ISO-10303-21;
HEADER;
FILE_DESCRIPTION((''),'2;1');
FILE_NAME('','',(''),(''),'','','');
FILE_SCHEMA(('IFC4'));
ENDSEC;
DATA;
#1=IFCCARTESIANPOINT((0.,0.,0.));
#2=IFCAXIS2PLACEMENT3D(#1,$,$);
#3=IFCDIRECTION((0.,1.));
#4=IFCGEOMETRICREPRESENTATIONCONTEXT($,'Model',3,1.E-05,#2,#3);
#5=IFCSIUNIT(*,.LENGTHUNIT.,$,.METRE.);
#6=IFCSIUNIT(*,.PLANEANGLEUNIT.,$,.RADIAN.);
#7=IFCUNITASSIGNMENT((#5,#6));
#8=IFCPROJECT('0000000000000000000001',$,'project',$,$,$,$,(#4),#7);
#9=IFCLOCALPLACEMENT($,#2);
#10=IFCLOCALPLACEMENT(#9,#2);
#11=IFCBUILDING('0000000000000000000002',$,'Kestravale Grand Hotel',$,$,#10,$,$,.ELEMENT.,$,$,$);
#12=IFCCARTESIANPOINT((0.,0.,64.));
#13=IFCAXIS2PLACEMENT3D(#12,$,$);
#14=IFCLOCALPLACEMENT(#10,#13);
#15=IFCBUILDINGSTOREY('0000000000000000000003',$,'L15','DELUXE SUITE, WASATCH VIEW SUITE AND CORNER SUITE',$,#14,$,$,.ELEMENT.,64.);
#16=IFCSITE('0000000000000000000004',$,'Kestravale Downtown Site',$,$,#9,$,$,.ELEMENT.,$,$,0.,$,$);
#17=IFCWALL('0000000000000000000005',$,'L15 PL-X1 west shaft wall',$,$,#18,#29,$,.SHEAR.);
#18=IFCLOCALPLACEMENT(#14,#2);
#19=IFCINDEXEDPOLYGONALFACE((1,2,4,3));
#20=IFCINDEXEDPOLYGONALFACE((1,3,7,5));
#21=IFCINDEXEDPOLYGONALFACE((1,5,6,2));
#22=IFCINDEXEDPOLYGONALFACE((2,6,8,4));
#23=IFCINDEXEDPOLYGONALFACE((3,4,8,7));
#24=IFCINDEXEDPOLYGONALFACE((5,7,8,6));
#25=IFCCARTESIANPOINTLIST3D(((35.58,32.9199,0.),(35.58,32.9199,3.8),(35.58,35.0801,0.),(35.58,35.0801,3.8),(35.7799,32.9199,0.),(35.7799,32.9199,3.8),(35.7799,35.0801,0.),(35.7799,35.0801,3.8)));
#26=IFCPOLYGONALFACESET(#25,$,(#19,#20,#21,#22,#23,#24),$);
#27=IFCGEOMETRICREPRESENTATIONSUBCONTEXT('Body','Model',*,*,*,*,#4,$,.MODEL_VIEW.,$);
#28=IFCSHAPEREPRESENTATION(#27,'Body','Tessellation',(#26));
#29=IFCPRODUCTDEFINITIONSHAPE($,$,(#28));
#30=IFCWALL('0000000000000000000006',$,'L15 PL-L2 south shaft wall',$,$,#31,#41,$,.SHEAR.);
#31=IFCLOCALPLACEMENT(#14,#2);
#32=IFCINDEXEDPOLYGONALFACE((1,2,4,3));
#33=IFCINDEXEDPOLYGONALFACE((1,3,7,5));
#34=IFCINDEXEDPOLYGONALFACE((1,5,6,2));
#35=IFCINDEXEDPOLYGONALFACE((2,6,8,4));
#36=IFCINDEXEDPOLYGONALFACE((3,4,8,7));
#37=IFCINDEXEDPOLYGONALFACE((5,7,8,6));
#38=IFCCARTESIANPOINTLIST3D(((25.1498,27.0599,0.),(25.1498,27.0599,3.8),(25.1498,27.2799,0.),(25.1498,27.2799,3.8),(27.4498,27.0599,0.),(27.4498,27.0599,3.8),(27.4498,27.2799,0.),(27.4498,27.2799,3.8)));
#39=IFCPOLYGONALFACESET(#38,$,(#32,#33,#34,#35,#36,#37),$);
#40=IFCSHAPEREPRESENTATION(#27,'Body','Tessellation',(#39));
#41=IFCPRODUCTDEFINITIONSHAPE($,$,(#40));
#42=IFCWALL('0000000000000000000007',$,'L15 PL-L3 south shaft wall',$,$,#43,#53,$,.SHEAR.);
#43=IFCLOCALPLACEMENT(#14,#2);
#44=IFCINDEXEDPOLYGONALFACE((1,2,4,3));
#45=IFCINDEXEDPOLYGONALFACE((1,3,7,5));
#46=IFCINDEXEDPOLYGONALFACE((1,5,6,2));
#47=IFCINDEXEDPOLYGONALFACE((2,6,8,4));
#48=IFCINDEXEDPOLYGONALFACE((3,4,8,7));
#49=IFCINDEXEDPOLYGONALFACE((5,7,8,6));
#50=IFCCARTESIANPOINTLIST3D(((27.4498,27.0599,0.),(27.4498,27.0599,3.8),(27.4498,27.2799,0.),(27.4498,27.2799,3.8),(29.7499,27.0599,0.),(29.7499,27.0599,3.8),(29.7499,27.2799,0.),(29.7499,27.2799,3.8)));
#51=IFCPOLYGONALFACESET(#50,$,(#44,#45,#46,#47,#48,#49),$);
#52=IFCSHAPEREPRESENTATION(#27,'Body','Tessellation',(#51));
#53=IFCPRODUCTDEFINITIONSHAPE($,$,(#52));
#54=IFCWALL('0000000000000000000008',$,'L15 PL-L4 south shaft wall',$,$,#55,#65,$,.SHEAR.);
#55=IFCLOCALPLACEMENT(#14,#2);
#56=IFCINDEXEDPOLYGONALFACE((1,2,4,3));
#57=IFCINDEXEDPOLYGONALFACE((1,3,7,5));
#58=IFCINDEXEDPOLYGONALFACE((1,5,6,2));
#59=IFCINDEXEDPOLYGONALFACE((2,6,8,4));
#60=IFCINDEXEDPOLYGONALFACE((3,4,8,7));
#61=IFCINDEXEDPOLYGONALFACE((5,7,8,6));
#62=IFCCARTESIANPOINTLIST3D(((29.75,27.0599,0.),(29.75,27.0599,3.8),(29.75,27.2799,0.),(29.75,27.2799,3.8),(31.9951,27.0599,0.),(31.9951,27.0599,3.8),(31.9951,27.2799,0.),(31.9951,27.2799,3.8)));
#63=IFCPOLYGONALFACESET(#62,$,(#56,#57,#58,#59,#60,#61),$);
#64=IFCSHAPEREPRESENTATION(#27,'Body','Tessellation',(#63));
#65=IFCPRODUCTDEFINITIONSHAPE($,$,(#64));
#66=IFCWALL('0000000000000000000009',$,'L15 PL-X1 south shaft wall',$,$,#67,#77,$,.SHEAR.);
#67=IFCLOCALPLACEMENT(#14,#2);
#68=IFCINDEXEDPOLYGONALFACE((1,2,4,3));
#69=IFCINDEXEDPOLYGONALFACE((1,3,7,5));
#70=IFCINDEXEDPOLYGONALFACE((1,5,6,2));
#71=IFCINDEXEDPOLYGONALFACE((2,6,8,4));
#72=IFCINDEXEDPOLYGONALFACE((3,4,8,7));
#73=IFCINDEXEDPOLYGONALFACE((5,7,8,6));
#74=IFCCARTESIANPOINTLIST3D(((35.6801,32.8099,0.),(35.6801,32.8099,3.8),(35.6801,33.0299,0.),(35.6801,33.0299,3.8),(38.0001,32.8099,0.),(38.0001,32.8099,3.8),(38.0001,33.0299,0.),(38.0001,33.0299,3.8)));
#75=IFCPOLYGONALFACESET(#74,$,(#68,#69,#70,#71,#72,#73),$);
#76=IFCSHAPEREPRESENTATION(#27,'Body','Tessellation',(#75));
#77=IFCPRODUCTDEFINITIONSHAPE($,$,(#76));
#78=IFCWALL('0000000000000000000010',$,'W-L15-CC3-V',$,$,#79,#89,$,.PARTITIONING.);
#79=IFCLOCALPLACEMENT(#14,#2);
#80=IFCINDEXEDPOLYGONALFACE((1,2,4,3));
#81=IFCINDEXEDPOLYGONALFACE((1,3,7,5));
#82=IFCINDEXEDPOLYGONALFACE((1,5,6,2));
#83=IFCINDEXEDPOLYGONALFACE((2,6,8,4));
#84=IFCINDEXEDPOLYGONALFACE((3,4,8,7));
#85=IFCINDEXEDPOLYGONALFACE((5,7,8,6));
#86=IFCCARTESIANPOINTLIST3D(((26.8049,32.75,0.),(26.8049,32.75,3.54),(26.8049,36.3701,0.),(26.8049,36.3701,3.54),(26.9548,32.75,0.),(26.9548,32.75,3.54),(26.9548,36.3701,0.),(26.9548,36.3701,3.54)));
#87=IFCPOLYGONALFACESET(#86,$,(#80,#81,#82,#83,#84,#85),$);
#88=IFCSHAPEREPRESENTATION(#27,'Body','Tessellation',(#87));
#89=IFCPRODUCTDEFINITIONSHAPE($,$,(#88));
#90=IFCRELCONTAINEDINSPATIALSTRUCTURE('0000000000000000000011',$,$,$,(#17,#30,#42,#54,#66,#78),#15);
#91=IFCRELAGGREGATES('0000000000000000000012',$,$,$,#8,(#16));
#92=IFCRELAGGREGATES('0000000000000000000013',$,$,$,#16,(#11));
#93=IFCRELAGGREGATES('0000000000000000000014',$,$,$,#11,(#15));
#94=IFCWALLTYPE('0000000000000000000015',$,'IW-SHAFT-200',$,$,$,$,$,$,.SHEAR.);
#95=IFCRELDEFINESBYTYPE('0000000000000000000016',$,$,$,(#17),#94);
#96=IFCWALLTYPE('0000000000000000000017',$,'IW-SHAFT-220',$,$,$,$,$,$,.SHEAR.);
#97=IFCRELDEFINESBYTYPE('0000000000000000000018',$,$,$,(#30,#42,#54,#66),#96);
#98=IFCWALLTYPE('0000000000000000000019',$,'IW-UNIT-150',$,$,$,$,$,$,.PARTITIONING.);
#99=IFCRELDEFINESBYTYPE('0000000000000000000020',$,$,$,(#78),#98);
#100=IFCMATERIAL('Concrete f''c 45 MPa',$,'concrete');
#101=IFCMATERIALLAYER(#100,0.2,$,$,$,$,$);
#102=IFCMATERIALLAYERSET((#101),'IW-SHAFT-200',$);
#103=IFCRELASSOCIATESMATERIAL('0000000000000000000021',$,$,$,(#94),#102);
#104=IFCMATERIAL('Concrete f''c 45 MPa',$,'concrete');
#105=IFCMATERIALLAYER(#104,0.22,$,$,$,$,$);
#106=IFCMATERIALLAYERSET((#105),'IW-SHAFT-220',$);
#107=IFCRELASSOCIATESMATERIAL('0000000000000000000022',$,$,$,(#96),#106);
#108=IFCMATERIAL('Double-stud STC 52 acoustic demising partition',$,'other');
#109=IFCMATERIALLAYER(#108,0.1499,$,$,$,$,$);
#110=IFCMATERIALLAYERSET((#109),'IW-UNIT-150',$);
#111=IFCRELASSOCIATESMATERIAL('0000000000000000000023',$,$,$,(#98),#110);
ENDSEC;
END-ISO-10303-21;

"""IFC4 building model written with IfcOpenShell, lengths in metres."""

from ifc_helpers import new_model, si_unit, direction, frame, frame_2d, origin, place, context, subcontext, project, spatial, rectangle, extrude, material, layer, layer_set, type_object, element, save


model = new_model("IFC4")

# Units and contexts
model_context = context("Model", 3, precision=1e-05, world=origin(), true_north=direction((0.0, 1.0)))
body_context = subcontext(model_context, "Body", "Model", "MODEL_VIEW")
ifc_project = project(units=[si_unit("LENGTHUNIT", "METRE"), si_unit("PLANEANGLEUNIT", "RADIAN")], contexts=[model_context])

# Site, building, storey
site_placement = place(None, origin())
site = spatial("IfcSite", under=ifc_project, at=site_placement, Name="Kestravale Downtown Site", CompositionType="ELEMENT", RefElevation=0.0)
building_placement = place(site_placement, origin())
building = spatial("IfcBuilding", under=site, at=building_placement, Name="Kestravale Grand Hotel", CompositionType="ELEMENT")
storey_placement = place(building_placement, frame((0.0, 0.0, 64.0)))
storey = spatial("IfcBuildingStorey", under=building, at=storey_placement, Name="L15", Description="DELUXE SUITE, WASATCH VIEW SUITE AND CORNER SUITE", CompositionType="ELEMENT", Elevation=64.0)

# Wall
ifc_material_1 = material(Name="Concrete f'c 45 MPa", Category="concrete")
ifc_layer_1 = layer(ifc_material_1, 0.2)
ifc_layer_set_1 = layer_set([ifc_layer_1], Name="IW-SHAFT-200")
wall_type_1 = type_object("IfcWallType", Name="IW-SHAFT-200", PredefinedType="SHEAR", material=ifc_layer_set_1)
wall_1_placement = place(storey_placement, frame((35.6799, 32.9199, 0.0), z_axis=(0.0, 0.0, 1.0), x_axis=(0.0, 1.0, 0.0)))
element("IfcWall", 1, at=wall_1_placement, inside=storey, type_object=wall_type_1, Name="L15 PL-X1 west shaft wall", PredefinedType="SHEAR", context=body_context, shape_type="SweptSolid", body=[
    extrude(rectangle(XDim=2.1602, YDim=0.2, at=frame_2d((1.0801, 0.0))), origin(), (0.0, 0.0, 1.0), 3.8),
])

# Shared definitions
ifc_material_2 = material(Name="Concrete f'c 45 MPa", Category="concrete")
ifc_layer_2 = layer(ifc_material_2, 0.22)
ifc_layer_set_2 = layer_set([ifc_layer_2], Name="IW-SHAFT-220")
wall_type_2 = type_object("IfcWallType", Name="IW-SHAFT-220", PredefinedType="SHEAR", material=ifc_layer_set_2)

# Wall
wall_2_placement = place(storey_placement, frame((25.1499, 27.1699, 0.0), z_axis=(0.0, 0.0, 1.0), x_axis=(1.0, 0.0, 0.0)))
element("IfcWall", 2, at=wall_2_placement, inside=storey, type_object=wall_type_2, Name="L15 PL-L2 south shaft wall", PredefinedType="SHEAR", context=body_context, shape_type="SweptSolid", body=[
    extrude(rectangle(XDim=2.3, YDim=0.22, at=frame_2d((1.1499, 0.0))), origin(), (0.0, 0.0, 1.0), 3.8),
])

# Wall
wall_3_placement = place(storey_placement, frame((27.45, 27.1699, 0.0), z_axis=(0.0, 0.0, 1.0), x_axis=(1.0, 0.0, 0.0)))
element("IfcWall", 3, at=wall_3_placement, inside=storey, type_object=wall_type_2, Name="L15 PL-L3 south shaft wall", PredefinedType="SHEAR", context=body_context, shape_type="SweptSolid", body=[
    extrude(rectangle(XDim=2.3, YDim=0.22, at=frame_2d((1.1499, 0.0))), origin(), (0.0, 0.0, 1.0), 3.8),
])

# Walls
wall_4_placement = place(storey_placement, frame((29.75, 27.1699, 0.0), z_axis=(0.0, 0.0, 1.0), x_axis=(1.0, 0.0, 0.0)))
element("IfcWall", 4, at=wall_4_placement, inside=storey, type_object=wall_type_2, Name="L15 PL-L4 south shaft wall", PredefinedType="SHEAR", context=body_context, shape_type="SweptSolid", body=[
    extrude(rectangle(XDim=2.2451, YDim=0.22, at=frame_2d((1.1226, 0.0))), origin(), (0.0, 0.0, 1.0), 3.8),
])
wall_5_placement = place(storey_placement, frame((35.6799, 32.9199, 0.0), z_axis=(0.0, 0.0, 1.0), x_axis=(1.0, 0.0, 0.0)))
element("IfcWall", 5, at=wall_5_placement, inside=storey, type_object=wall_type_2, Name="L15 PL-X1 south shaft wall", PredefinedType="SHEAR", context=body_context, shape_type="SweptSolid", body=[
    extrude(rectangle(XDim=2.3201, YDim=0.22, at=frame_2d((1.1602, 0.0))), origin(), (0.0, 0.0, 1.0), 3.8),
])
ifc_material_3 = material(Name="Double-stud STC 52 acoustic demising partition", Category="other")
ifc_layer_3 = layer(ifc_material_3, 0.1499)
ifc_layer_set_3 = layer_set([ifc_layer_3], Name="IW-UNIT-150")
wall_type_3 = type_object("IfcWallType", Name="IW-UNIT-150", PredefinedType="PARTITIONING", material=ifc_layer_set_3)
wall_6_placement = place(storey_placement, frame((26.8799, 32.75, 0.0), z_axis=(0.0, 0.0, 1.0), x_axis=(0.0, 1.0, 0.0)))
element("IfcWall", 6, at=wall_6_placement, inside=storey, type_object=wall_type_3, Name="W-L15-CC3-V", PredefinedType="PARTITIONING", context=body_context, shape_type="SweptSolid", body=[
    extrude(rectangle(XDim=3.6201, YDim=0.1499, at=frame_2d((1.8101, 0.0))), origin(), (0.0, 0.0, 1.0), 3.54),
])

save(model, "model.ifc")
